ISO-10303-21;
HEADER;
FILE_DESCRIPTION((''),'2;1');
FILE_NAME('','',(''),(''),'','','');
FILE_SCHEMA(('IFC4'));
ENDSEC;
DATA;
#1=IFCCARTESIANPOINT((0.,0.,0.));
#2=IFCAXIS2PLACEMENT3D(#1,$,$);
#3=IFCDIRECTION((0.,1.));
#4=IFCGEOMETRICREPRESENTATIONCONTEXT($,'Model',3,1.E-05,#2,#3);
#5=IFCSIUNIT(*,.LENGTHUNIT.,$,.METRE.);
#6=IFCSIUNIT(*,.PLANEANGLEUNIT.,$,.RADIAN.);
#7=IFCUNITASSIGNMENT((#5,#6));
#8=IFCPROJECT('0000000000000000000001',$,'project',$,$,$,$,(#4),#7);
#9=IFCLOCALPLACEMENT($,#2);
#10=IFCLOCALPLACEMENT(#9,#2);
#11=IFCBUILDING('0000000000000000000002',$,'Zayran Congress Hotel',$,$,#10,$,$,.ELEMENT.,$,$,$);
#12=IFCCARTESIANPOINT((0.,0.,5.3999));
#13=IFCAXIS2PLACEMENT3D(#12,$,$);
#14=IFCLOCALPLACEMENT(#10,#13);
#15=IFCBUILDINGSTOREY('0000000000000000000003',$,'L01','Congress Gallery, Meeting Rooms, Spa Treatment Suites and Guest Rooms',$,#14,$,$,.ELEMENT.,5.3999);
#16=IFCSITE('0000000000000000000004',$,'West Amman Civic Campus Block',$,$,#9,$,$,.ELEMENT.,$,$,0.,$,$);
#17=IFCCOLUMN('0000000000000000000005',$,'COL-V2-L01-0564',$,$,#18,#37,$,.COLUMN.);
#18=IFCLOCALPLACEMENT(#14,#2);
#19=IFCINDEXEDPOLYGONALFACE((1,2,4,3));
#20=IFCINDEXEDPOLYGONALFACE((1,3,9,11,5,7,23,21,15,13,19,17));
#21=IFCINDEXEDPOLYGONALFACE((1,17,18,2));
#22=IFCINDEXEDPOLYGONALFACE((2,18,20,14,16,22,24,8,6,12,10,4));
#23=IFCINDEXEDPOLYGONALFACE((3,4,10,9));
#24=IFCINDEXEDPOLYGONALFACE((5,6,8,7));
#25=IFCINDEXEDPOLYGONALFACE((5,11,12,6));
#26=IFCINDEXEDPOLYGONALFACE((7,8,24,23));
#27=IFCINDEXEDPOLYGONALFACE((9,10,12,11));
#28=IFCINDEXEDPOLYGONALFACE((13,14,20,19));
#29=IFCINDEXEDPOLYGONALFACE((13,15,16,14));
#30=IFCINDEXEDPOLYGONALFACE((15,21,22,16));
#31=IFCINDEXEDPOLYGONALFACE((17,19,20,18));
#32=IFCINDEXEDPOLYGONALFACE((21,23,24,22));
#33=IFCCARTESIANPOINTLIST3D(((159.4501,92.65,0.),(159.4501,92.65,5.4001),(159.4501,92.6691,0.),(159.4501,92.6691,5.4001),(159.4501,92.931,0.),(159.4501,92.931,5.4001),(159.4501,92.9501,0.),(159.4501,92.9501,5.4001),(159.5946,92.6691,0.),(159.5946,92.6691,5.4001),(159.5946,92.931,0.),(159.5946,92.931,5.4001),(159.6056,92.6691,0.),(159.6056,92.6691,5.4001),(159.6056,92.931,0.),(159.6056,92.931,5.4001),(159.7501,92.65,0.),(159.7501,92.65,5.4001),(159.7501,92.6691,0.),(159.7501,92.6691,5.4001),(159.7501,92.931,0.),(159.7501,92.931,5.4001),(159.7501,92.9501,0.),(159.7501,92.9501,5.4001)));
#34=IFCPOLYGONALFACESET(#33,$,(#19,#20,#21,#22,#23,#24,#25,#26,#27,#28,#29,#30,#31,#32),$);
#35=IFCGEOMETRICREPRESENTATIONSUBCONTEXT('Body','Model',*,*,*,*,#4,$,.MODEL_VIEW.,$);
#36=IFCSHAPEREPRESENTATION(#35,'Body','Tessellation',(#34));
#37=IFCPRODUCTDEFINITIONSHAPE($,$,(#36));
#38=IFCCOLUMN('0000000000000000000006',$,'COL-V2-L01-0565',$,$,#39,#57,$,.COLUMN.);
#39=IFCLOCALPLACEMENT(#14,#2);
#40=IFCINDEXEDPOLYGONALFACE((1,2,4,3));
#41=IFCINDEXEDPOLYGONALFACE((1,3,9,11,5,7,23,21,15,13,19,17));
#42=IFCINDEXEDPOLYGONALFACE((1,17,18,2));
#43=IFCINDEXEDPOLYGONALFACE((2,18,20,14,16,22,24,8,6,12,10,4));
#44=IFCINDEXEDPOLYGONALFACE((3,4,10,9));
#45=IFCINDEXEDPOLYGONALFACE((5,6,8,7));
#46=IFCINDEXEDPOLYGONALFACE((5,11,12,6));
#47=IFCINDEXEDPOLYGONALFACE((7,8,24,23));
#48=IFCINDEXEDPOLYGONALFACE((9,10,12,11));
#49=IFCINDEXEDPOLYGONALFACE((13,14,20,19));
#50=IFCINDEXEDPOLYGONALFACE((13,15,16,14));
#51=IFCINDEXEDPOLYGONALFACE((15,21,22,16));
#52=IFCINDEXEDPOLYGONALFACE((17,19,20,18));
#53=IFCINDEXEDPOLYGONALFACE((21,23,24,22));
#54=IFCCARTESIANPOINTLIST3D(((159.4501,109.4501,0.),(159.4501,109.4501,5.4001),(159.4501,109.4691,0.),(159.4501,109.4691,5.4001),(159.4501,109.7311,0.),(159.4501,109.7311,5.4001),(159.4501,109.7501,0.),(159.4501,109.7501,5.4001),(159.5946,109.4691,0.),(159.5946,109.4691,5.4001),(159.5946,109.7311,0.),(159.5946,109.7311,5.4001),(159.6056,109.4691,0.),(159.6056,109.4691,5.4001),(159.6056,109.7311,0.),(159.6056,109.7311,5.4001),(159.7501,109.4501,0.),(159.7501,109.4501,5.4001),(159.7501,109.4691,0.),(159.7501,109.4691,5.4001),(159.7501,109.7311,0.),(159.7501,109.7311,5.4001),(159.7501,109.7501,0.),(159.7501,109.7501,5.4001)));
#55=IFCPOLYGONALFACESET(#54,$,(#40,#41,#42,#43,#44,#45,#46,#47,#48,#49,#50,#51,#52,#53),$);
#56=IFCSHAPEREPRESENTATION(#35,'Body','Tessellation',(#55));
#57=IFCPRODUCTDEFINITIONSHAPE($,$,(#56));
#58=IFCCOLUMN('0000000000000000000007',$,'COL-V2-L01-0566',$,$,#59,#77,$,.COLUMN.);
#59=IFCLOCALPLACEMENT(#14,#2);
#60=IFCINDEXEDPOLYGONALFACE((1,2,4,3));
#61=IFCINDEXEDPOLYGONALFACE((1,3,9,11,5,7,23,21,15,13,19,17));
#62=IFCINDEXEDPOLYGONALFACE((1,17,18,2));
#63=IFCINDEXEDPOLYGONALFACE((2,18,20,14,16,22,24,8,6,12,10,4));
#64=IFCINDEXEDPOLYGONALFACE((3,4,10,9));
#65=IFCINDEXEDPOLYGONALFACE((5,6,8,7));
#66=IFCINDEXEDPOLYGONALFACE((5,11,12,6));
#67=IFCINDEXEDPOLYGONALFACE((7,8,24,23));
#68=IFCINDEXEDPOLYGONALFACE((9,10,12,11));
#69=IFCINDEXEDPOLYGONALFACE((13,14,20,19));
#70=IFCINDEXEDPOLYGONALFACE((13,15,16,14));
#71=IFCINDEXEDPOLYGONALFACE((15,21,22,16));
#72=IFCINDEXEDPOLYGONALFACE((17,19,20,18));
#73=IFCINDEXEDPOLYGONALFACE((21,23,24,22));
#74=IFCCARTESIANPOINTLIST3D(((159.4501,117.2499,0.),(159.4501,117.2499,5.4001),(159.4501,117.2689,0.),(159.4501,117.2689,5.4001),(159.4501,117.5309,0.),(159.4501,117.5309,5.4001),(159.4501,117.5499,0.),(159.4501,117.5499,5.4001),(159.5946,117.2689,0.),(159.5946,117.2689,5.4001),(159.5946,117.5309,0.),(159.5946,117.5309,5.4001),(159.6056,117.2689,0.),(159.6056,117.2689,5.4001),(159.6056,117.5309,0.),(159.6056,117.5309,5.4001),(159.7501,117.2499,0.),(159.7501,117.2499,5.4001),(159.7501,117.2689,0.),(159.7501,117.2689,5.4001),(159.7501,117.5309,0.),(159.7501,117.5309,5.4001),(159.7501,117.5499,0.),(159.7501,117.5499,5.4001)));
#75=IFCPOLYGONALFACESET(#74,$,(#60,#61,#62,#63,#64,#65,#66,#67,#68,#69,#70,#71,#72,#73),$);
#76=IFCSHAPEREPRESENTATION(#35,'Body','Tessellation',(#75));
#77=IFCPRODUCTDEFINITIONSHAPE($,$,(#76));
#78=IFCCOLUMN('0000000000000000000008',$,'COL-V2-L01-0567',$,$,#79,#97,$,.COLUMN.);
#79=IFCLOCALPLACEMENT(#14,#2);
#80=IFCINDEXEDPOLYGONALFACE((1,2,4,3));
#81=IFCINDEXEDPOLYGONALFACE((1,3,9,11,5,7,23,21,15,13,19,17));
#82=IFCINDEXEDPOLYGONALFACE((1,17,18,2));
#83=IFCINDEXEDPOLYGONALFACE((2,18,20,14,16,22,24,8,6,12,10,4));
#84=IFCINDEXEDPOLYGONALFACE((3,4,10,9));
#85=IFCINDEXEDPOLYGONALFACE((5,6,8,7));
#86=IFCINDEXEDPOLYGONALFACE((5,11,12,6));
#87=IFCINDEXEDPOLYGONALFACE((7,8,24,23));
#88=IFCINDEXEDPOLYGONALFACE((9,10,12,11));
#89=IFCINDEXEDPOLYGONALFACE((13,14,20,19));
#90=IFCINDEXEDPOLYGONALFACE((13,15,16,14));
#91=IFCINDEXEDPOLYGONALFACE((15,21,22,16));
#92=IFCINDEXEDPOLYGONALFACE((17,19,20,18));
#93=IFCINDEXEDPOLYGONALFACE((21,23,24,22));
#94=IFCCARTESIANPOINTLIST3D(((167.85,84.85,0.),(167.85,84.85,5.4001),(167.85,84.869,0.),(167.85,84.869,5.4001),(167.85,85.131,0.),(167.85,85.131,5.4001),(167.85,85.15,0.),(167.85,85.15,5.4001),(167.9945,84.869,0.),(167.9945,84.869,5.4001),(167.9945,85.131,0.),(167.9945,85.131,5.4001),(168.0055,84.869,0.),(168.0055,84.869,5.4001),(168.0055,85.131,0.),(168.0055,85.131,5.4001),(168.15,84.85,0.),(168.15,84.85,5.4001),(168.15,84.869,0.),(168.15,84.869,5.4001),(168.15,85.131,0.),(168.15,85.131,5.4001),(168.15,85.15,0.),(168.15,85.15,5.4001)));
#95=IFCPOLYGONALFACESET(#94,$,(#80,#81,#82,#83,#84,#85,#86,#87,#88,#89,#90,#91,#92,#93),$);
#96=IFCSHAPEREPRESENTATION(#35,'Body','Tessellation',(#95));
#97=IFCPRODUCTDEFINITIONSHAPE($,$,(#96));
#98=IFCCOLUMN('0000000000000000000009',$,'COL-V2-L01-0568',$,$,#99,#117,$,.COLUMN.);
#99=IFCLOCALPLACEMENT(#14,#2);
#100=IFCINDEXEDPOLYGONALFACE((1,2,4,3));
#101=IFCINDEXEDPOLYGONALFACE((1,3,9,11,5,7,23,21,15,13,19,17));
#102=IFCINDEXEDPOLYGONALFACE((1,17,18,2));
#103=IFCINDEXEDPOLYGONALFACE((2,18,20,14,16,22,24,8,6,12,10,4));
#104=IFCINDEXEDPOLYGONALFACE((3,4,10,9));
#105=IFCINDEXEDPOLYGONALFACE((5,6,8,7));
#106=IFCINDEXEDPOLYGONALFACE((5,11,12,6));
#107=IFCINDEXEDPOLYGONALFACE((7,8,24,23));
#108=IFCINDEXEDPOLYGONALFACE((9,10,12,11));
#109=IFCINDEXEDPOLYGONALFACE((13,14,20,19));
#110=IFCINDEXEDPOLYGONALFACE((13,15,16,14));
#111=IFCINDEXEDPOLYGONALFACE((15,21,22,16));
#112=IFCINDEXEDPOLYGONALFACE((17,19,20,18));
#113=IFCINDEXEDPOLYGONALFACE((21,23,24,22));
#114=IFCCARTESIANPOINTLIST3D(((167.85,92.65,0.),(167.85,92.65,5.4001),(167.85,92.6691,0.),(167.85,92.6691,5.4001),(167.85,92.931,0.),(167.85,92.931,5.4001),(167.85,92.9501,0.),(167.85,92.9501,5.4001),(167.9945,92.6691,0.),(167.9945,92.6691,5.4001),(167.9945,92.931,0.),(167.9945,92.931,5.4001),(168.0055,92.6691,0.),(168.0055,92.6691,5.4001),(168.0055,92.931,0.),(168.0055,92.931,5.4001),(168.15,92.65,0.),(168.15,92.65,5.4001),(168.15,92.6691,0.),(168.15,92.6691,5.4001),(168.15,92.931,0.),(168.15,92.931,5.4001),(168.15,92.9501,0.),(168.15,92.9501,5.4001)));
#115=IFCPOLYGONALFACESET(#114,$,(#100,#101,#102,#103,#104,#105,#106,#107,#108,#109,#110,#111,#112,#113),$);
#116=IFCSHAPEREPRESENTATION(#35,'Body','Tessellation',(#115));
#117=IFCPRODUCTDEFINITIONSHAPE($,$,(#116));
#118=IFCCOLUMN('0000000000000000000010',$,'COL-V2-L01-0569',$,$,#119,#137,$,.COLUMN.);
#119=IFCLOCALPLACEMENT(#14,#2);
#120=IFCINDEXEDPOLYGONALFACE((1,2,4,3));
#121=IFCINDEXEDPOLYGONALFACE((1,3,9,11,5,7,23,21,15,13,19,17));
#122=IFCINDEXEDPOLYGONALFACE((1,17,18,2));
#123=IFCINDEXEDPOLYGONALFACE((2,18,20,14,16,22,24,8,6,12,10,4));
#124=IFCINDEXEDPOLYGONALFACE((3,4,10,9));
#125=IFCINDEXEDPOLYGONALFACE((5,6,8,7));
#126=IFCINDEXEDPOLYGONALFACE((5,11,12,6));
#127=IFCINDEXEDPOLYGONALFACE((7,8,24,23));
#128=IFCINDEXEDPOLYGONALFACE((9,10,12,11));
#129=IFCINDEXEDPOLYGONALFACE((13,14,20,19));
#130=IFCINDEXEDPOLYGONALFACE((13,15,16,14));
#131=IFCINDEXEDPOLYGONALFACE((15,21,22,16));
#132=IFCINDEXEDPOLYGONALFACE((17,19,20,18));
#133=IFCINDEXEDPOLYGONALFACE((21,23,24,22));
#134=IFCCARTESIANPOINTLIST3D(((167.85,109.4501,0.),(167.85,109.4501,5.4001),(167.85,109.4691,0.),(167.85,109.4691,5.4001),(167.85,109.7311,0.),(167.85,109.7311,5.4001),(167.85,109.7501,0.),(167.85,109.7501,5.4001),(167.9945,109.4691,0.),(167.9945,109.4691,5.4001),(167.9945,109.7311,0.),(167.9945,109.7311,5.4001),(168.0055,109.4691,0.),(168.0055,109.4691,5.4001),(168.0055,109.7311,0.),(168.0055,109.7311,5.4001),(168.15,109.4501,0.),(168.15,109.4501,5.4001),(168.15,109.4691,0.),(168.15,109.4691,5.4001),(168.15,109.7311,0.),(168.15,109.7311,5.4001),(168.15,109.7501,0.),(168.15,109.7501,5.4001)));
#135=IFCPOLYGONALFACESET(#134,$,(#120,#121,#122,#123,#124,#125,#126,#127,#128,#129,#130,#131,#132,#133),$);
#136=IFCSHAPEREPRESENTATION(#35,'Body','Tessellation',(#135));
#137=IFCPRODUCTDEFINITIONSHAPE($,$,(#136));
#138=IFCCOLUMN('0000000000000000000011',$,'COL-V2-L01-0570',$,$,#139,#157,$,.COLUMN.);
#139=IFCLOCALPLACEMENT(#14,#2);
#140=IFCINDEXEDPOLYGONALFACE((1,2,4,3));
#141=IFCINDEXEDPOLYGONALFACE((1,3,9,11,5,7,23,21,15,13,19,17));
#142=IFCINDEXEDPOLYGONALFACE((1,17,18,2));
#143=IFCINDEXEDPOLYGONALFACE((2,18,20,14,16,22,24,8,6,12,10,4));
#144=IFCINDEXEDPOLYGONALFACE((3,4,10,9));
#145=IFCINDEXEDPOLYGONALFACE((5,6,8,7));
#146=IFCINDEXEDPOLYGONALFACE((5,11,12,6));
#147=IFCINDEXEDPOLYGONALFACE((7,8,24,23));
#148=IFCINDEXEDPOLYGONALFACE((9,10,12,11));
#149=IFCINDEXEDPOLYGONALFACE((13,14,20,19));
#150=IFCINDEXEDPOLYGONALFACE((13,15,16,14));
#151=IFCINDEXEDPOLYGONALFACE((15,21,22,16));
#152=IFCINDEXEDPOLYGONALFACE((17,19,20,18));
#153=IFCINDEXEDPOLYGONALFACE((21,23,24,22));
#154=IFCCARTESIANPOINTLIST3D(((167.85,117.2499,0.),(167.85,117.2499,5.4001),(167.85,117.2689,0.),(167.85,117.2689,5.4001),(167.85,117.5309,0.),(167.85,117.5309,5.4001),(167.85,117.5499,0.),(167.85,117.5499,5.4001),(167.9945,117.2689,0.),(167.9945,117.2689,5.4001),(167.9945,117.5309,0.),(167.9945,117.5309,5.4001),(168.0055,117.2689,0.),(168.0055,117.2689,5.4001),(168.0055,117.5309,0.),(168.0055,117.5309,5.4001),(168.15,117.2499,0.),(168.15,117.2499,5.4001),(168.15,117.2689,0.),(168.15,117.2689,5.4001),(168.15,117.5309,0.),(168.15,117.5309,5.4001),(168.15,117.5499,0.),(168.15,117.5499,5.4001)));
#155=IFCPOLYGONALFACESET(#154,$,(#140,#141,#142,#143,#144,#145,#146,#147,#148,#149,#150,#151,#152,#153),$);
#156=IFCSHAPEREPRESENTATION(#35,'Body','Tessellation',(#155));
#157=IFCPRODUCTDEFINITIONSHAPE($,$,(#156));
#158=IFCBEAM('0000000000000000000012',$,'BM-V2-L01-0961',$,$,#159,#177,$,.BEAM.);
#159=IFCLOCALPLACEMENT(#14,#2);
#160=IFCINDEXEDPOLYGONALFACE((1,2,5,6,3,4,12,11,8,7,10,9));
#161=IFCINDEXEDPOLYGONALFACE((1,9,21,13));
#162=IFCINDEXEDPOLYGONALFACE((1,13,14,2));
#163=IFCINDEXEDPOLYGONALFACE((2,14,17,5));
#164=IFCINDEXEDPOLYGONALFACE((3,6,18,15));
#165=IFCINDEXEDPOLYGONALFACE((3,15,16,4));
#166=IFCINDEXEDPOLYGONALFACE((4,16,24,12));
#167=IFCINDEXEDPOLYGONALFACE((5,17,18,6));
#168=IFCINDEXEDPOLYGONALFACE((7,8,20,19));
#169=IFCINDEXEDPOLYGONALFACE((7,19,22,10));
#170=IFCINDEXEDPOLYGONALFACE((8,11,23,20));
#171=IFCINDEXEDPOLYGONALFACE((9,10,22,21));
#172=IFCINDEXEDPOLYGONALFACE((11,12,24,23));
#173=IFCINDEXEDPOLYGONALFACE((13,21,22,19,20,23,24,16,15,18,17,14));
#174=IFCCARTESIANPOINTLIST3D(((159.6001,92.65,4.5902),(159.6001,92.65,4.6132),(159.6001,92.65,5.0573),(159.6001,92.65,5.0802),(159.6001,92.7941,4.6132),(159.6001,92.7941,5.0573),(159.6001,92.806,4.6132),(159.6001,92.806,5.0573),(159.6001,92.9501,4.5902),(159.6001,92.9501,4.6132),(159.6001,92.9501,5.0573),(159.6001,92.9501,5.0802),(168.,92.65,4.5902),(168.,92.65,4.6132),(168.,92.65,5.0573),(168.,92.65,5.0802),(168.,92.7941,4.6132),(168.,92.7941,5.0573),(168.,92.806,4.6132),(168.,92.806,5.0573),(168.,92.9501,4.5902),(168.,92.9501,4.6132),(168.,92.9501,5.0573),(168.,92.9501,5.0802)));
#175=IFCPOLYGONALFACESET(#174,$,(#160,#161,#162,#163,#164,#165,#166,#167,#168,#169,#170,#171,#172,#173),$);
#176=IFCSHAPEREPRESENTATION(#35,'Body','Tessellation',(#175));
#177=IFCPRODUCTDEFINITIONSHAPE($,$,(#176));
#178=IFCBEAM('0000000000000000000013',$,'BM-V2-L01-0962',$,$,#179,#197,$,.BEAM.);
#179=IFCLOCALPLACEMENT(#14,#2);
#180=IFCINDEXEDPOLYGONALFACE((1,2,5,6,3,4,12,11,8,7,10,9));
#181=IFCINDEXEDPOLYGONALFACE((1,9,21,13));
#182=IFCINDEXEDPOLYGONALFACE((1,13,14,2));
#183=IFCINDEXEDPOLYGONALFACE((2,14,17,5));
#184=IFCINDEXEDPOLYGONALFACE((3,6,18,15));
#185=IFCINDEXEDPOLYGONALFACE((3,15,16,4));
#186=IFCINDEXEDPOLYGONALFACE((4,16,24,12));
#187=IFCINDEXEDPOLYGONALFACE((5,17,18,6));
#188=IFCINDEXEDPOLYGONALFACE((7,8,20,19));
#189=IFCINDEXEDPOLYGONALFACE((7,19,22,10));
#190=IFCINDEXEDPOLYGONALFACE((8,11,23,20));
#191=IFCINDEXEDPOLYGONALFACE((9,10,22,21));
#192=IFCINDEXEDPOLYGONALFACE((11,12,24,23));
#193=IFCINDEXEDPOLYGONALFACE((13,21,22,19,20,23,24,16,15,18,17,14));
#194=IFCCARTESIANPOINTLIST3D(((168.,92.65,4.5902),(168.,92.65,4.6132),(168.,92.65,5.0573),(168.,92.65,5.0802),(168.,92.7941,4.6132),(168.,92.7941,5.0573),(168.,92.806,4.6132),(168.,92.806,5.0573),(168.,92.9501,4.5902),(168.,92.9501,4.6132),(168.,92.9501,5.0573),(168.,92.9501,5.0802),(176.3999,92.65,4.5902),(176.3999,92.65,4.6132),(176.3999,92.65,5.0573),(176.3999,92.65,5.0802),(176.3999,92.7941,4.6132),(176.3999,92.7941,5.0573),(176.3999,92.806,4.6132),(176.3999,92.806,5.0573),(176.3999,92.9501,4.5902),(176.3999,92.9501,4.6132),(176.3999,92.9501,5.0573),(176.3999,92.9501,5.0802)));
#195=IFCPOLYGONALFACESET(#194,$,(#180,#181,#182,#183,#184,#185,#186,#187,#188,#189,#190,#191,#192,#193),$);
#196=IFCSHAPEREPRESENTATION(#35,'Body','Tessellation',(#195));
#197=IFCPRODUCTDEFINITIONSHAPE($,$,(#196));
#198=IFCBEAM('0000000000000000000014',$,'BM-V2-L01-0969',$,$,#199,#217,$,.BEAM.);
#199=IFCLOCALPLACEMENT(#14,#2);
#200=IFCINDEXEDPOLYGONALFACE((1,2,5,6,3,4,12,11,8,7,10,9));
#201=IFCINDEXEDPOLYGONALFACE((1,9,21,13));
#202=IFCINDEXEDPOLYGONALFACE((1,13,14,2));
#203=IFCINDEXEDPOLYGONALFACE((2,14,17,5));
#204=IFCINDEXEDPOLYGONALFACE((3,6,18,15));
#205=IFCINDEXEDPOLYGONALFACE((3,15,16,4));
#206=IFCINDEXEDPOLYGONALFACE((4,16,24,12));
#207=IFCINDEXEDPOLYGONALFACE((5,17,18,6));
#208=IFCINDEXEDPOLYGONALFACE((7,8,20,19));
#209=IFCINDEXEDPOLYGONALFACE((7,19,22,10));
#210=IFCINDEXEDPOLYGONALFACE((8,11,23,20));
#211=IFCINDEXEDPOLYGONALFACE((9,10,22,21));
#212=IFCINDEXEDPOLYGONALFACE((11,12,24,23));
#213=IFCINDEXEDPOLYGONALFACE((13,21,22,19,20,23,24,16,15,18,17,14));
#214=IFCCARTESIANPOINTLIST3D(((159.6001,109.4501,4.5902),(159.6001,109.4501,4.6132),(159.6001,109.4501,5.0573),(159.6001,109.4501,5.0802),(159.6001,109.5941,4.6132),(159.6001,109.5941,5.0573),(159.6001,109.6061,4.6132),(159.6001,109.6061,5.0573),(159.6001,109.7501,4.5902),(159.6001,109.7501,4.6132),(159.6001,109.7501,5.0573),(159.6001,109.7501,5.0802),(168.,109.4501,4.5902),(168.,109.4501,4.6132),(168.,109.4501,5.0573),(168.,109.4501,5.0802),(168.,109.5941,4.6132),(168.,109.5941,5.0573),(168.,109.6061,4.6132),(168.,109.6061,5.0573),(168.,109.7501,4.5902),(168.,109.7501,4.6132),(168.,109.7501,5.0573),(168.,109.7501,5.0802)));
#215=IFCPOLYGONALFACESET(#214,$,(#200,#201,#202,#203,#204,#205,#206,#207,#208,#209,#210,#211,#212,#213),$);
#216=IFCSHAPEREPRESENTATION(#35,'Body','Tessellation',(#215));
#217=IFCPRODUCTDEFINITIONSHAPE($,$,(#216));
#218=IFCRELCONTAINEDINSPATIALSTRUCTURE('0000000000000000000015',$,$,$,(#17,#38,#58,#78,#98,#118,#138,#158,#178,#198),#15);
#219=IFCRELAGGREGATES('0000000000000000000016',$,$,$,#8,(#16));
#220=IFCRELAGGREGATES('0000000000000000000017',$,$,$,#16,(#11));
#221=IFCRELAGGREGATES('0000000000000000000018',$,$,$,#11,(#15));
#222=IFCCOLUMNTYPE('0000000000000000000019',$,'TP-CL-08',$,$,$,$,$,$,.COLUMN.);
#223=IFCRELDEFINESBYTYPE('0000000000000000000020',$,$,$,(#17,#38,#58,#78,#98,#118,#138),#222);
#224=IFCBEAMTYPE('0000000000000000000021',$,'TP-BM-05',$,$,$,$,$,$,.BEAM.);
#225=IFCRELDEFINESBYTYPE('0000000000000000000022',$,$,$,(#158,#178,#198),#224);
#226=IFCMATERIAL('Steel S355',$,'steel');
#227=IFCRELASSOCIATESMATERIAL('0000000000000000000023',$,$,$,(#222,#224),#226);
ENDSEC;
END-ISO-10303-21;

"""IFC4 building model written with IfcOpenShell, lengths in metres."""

from ifc_helpers import new_model, si_unit, direction, frame, origin, origin_2d, place, context, subcontext, project, spatial, i_section, extrude, material, material_profile, profile_set, type_object, element, save


model = new_model("IFC4")

# Units and contexts
model_context = context("Model", 3, precision=1e-05, world=origin(), true_north=direction((0.0, 1.0)))
body_context = subcontext(model_context, "Body", "Model", "MODEL_VIEW")
ifc_project = project(units=[si_unit("LENGTHUNIT", "METRE"), si_unit("PLANEANGLEUNIT", "RADIAN")], contexts=[model_context])

# Site, building, storey
site_placement = place(None, origin())
site = spatial("IfcSite", under=ifc_project, at=site_placement, Name="West Amman Civic Campus Block", CompositionType="ELEMENT", RefElevation=0.0)
building_placement = place(site_placement, origin())
building = spatial("IfcBuilding", under=site, at=building_placement, Name="Zayran Congress Hotel", CompositionType="ELEMENT")
storey_placement = place(building_placement, frame((0.0, 0.0, 5.3999)))
storey = spatial("IfcBuildingStorey", under=building, at=storey_placement, Name="L01", Description="Congress Gallery, Meeting Rooms, Spa Treatment Suites and Guest Rooms", CompositionType="ELEMENT", Elevation=5.3999)

# Columns
ifc_material_1 = material(Name="Steel S355", Category="steel")
ifc_material_profile_1 = material_profile(ifc_material_1, i_section(OverallWidth=0.3, OverallDepth=0.3, WebThickness=0.011, FlangeThickness=0.019, at=origin_2d()), Name="HEB 300")
ifc_profile_set_1 = profile_set([ifc_material_profile_1], Name="Steel S355")
column_type = type_object("IfcColumnType", Name="TP-CL-08", PredefinedType="COLUMN", material=ifc_profile_set_1)
for number, where, z_axis, x_axis, name in (
    (1, (159.6001, 92.8, 0.0), (0.0, 0.0, 1.0), (1.0, 0.0, 0.0), "COL-V2-L01-0564"),
    (2, (159.6001, 109.6001, 0.0), (0.0, 0.0, 1.0), (1.0, 0.0, 0.0), "COL-V2-L01-0565"),
    (3, (159.6001, 117.3999, 0.0), (0.0, 0.0, 1.0), (1.0, 0.0, 0.0), "COL-V2-L01-0566"),
    (4, (168.0, 85.0, 0.0), (0.0, 0.0, 1.0), (1.0, 0.0, 0.0), "COL-V2-L01-0567"),
    (5, (168.0, 92.8, 0.0), (0.0, 0.0, 1.0), (1.0, 0.0, 0.0), "COL-V2-L01-0568"),
    (6, (168.0, 109.6001, 0.0), (0.0, 0.0, 1.0), (1.0, 0.0, 0.0), "COL-V2-L01-0569"),
    (7, (168.0, 117.3999, 0.0), (0.0, 0.0, 1.0), (1.0, 0.0, 0.0), "COL-V2-L01-0570"),
):
    element("IfcColumn", number, at=place(storey_placement, frame(where, z_axis=z_axis, x_axis=x_axis)), inside=storey, type_object=column_type, Name=name, PredefinedType="COLUMN", context=body_context, shape_type="SweptSolid", body=[
        extrude(i_section(OverallWidth=0.3, OverallDepth=0.3, WebThickness=0.011, FlangeThickness=0.019, at=origin_2d()), origin(), (0.0, 0.0, 1.0), 5.4001),
    ])

# Beams
ifc_material_profile_2 = material_profile(ifc_material_1, i_section(OverallWidth=0.3, OverallDepth=0.49, WebThickness=0.012, FlangeThickness=0.0229, at=origin_2d()), Name="HEA 500")
ifc_profile_set_2 = profile_set([ifc_material_profile_2], Name="Steel S355")
beam_type_1 = type_object("IfcBeamType", Name="TP-BM-05", PredefinedType="BEAM", material=ifc_profile_set_2)
for number, where, z_axis, x_axis, name in (
    (8, (159.6001, 92.8, 4.8352), (1.0, 0.0, 0.0), (0.0, 1.0, 0.0), "BM-V2-L01-0961"),
    (9, (168.0, 92.8, 4.8352), (1.0, 0.0, 0.0), (0.0, 1.0, 0.0), "BM-V2-L01-0962"),
    (10, (159.6001, 109.6001, 4.8352), (1.0, 0.0, 0.0), (0.0, 1.0, 0.0), "BM-V2-L01-0969"),
):
    element("IfcBeam", number, at=place(storey_placement, frame(where, z_axis=z_axis, x_axis=x_axis)), inside=storey, type_object=beam_type_1, Name=name, PredefinedType="BEAM", context=body_context, shape_type="SweptSolid", body=[
        extrude(i_section(OverallWidth=0.3, OverallDepth=0.49, WebThickness=0.012, FlangeThickness=0.0229, at=origin_2d()), origin(), (0.0, 0.0, 1.0), 8.3999),
    ])

save(model, "model.ifc")
